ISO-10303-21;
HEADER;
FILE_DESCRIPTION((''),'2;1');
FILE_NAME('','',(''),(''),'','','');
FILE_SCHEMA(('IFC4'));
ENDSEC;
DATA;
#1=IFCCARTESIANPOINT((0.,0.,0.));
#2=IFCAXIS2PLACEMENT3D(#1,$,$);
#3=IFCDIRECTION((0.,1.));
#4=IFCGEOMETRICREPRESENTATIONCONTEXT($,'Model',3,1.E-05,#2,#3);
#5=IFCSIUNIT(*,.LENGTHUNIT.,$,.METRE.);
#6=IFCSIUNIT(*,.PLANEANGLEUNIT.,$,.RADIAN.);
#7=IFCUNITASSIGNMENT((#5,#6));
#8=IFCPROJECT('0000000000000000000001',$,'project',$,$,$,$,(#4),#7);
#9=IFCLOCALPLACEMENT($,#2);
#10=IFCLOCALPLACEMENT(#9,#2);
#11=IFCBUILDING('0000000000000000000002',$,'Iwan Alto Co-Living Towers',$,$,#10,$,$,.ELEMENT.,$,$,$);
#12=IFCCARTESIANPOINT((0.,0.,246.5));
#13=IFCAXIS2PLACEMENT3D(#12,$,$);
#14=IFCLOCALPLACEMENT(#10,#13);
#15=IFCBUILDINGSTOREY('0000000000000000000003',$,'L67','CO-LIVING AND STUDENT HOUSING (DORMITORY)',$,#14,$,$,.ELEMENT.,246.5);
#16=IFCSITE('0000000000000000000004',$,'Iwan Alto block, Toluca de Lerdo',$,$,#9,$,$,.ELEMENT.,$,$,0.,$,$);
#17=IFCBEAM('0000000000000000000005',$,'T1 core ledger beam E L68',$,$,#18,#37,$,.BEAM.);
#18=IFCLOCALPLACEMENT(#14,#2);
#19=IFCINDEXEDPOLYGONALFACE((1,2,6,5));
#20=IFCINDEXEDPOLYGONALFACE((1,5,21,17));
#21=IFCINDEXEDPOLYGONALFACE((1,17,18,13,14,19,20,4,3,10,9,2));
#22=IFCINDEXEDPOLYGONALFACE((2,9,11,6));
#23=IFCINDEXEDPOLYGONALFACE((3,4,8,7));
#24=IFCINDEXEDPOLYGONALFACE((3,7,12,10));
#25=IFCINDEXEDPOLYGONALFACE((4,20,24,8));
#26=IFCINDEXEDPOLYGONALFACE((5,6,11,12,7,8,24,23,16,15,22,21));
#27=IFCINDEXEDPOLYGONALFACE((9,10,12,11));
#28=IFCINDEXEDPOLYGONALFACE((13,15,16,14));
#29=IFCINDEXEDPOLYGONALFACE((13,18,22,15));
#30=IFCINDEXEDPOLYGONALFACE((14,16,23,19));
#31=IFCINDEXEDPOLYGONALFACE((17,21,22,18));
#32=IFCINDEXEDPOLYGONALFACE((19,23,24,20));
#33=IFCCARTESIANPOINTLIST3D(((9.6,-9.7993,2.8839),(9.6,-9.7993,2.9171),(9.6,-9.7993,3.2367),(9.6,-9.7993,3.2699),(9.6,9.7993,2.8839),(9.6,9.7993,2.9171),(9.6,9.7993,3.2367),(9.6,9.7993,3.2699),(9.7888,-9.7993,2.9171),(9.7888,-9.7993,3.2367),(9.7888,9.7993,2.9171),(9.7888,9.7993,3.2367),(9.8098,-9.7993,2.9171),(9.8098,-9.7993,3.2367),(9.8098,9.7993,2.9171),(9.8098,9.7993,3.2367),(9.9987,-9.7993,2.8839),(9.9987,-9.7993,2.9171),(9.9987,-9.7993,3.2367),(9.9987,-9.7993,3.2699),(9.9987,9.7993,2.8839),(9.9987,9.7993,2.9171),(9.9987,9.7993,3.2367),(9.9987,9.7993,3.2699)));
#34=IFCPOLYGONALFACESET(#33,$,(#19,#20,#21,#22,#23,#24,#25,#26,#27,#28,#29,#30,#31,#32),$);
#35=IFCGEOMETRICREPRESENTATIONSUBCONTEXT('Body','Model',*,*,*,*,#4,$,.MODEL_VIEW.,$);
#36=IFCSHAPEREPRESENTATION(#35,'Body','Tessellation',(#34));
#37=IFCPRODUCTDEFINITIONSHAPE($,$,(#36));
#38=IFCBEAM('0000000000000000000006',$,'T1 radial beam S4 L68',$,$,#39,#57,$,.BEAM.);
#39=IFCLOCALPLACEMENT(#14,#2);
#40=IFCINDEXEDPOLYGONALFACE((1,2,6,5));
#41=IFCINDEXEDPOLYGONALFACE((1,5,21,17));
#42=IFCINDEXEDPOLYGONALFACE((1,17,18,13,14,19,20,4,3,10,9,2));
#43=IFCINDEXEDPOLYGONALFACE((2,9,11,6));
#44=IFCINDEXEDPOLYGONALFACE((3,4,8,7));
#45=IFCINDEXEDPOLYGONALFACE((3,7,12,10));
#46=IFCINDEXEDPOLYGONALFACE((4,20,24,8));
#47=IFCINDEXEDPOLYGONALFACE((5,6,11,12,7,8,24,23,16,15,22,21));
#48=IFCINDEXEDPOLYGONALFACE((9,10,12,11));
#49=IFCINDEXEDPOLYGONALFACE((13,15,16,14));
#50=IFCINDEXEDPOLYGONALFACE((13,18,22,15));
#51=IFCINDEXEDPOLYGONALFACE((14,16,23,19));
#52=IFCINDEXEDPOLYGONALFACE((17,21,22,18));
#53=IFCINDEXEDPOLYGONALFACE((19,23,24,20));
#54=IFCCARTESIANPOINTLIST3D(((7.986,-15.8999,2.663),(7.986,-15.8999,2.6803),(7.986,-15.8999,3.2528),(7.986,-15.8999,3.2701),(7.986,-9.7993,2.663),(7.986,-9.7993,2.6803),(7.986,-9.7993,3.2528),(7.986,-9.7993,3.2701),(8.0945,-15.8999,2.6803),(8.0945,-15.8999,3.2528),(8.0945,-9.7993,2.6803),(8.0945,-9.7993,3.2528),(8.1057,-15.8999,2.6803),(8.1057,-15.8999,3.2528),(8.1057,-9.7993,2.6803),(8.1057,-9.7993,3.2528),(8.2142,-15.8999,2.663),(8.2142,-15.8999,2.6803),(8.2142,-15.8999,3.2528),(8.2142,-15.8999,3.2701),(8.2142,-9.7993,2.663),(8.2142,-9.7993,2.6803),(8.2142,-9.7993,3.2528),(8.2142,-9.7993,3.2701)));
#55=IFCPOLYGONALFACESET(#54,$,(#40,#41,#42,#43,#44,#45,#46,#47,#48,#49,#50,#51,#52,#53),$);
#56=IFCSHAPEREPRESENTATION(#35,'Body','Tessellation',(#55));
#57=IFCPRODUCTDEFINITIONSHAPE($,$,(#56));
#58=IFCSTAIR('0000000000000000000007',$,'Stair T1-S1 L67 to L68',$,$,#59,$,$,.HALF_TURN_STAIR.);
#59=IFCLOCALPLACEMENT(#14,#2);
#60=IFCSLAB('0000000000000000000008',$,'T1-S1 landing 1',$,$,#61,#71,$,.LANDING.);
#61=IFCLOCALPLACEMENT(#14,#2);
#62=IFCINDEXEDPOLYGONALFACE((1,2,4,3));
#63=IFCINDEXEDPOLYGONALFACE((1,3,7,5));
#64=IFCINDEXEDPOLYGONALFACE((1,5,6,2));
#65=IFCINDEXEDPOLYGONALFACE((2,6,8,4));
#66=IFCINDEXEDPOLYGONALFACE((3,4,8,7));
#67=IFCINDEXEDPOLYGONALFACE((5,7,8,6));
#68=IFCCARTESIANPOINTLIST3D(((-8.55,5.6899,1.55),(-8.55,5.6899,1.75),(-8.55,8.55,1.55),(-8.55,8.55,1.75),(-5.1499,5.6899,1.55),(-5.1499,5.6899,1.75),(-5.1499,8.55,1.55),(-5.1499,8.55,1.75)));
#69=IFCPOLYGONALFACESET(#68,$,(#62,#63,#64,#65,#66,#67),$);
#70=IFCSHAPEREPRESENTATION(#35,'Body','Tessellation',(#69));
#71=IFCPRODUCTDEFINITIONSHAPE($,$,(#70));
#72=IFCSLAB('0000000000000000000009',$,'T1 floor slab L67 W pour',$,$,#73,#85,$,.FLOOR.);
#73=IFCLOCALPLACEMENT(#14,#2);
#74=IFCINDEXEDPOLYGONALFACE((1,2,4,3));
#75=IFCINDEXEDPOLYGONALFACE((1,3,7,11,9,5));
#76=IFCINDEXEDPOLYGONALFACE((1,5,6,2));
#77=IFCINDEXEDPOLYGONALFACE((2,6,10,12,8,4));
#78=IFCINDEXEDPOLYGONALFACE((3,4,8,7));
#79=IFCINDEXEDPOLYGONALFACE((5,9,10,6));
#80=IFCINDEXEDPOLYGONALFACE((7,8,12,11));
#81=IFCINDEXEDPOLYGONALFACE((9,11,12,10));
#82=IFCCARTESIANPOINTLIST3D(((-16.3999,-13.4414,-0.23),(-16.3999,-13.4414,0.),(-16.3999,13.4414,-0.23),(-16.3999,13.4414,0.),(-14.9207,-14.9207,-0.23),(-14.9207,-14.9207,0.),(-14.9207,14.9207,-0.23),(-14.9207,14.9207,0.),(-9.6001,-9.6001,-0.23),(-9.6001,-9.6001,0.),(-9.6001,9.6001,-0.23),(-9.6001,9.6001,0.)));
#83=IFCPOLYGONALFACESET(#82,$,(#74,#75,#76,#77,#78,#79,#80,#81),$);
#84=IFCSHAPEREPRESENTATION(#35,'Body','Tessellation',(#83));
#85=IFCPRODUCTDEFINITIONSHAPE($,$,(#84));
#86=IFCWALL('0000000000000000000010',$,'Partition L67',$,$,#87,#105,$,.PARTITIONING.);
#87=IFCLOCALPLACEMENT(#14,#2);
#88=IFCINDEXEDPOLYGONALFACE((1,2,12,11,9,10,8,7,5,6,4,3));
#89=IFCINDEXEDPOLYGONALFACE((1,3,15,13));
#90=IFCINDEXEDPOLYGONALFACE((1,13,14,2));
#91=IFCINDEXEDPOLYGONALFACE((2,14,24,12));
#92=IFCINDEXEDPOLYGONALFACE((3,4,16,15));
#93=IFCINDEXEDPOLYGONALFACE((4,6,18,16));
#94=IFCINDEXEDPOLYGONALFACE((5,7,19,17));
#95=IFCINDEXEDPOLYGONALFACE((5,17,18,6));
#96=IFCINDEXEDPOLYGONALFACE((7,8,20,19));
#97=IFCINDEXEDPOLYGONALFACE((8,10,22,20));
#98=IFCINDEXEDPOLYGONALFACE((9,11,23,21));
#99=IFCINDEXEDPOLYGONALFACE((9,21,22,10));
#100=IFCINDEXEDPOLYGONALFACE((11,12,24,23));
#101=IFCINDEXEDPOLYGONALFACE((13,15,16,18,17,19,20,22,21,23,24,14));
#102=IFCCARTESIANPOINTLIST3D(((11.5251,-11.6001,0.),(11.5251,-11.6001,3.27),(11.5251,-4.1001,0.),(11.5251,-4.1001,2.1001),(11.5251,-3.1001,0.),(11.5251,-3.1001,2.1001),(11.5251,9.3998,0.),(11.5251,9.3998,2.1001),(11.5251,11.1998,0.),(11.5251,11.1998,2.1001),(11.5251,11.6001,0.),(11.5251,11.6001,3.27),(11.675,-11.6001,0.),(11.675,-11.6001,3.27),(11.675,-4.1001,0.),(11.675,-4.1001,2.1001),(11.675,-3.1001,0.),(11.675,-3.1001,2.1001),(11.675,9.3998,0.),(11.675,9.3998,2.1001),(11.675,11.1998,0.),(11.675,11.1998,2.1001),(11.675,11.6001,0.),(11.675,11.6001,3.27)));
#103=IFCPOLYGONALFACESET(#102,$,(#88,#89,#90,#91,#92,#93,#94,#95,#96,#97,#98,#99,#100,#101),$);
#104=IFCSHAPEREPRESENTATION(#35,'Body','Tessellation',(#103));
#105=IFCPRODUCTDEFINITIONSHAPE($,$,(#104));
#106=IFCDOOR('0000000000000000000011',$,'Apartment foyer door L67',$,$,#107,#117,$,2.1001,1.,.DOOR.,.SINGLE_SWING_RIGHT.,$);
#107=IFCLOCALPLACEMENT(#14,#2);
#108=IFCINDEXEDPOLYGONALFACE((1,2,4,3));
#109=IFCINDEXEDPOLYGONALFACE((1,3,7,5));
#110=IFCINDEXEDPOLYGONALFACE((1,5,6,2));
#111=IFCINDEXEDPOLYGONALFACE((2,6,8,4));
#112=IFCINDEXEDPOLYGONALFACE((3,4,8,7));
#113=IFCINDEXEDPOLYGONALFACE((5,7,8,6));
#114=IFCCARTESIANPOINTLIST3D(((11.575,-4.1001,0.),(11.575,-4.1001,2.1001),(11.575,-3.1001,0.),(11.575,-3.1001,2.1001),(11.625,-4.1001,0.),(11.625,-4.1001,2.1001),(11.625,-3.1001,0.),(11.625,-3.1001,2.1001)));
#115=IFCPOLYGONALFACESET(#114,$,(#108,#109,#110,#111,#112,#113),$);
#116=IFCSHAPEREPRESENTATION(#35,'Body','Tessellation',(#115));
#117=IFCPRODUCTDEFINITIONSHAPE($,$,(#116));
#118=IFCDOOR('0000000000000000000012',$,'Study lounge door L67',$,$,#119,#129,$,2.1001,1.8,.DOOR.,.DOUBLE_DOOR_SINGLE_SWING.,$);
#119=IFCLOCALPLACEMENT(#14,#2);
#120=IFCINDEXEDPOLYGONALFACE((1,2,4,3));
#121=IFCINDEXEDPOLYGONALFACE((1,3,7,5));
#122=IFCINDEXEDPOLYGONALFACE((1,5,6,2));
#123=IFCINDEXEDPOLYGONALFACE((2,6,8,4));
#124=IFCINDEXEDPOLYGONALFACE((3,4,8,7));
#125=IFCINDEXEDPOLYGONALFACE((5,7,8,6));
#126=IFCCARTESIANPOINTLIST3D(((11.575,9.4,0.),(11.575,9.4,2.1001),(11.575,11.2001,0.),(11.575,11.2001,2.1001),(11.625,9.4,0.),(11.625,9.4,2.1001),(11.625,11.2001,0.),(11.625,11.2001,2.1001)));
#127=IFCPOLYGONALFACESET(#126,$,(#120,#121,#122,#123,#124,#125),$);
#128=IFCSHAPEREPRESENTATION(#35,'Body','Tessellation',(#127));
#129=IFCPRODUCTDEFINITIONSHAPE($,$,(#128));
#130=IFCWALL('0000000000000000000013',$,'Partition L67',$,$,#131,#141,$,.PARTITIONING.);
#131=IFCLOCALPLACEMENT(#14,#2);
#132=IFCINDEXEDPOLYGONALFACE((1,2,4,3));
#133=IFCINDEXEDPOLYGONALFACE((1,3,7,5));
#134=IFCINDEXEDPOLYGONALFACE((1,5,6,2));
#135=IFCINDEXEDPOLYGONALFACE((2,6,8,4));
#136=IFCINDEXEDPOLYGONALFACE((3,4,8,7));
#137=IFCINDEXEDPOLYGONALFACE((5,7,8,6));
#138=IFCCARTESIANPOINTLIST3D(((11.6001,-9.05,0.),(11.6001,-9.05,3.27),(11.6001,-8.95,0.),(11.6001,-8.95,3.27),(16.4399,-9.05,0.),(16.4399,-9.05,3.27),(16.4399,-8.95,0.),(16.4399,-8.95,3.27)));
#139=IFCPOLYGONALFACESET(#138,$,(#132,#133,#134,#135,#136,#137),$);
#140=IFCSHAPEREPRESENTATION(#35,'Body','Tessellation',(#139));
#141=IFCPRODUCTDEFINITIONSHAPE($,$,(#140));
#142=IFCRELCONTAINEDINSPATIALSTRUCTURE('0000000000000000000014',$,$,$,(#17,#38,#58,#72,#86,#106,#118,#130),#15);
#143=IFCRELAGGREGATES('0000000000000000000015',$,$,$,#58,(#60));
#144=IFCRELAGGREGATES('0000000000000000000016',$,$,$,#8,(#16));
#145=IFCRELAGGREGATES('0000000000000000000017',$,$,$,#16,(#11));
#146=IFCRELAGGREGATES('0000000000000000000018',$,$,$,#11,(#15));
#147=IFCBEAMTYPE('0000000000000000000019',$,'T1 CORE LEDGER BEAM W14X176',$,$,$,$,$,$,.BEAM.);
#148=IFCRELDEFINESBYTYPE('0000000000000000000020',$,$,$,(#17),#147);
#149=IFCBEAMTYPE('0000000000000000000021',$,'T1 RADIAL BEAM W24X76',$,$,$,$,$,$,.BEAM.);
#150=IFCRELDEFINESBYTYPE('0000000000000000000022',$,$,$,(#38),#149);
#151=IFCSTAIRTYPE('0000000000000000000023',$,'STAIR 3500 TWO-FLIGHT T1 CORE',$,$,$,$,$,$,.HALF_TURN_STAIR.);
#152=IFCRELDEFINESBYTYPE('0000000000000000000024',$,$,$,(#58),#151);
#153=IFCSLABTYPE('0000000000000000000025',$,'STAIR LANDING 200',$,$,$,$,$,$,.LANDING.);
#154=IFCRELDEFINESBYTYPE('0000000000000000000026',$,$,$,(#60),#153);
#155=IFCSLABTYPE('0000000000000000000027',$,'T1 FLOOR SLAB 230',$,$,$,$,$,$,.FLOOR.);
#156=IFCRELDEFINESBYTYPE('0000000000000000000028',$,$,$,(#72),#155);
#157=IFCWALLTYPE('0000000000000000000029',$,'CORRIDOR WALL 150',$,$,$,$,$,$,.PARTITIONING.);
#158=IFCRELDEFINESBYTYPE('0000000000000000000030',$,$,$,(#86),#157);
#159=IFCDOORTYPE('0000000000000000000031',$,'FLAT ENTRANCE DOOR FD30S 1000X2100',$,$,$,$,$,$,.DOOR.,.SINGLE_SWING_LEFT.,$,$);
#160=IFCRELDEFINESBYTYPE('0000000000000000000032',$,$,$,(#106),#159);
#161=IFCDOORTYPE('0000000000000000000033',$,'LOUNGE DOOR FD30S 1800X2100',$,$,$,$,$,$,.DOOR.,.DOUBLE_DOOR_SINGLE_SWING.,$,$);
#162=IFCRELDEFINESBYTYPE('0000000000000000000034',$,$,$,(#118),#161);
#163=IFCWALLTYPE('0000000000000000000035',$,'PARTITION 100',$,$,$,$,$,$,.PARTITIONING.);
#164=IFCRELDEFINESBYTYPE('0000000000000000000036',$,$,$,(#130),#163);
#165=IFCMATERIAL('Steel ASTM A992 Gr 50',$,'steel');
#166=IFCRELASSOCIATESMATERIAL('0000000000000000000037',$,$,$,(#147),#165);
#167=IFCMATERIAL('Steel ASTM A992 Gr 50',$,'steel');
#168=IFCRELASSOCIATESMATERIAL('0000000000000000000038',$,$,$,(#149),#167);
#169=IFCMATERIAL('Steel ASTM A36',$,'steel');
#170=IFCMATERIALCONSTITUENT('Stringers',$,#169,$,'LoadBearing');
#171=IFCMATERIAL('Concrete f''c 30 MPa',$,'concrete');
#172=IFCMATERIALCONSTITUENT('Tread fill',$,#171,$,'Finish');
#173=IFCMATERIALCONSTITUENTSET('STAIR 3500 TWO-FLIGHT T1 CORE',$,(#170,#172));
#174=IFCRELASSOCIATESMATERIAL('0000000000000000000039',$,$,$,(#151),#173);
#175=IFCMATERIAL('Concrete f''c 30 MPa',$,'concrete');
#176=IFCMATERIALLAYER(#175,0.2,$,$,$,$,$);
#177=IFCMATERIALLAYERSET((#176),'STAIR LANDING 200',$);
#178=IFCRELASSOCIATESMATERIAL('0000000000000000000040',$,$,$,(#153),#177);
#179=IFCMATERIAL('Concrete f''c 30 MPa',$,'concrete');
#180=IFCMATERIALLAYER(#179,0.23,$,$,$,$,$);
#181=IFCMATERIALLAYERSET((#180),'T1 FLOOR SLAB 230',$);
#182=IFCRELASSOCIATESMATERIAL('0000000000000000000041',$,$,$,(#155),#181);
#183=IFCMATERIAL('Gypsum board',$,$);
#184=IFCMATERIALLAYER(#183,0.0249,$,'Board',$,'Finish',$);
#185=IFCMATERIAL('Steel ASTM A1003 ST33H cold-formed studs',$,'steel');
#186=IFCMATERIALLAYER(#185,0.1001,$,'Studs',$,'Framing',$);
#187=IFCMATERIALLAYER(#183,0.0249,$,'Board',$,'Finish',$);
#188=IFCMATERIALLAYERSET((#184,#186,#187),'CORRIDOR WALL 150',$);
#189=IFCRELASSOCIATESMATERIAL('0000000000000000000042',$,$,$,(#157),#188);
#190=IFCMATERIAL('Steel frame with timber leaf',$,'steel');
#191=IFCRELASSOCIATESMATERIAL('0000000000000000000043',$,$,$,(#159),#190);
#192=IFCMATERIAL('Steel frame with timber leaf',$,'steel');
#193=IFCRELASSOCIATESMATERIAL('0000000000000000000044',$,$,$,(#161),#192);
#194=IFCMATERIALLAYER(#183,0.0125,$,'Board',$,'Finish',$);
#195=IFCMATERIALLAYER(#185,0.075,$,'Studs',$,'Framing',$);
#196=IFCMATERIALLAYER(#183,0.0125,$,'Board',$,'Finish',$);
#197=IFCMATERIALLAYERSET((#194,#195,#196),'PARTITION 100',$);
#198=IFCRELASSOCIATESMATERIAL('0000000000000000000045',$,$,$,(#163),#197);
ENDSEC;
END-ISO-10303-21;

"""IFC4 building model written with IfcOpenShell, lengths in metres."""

from ifc_helpers import new_model, si_unit, direction, frame, frame_2d, origin, origin_2d, place, context, subcontext, project, spatial, polyline, rectangle, i_section, outline, extrude, material, layer, layer_set, constituent, constituent_set, material_profile, profile_set, type_object, element, fill, aggregate, save


model = new_model("IFC4")

# Units and contexts
model_context = context("Model", 3, precision=1e-05, world=origin(), true_north=direction((0.0, 1.0)))
body_context = subcontext(model_context, "Body", "Model", "MODEL_VIEW")
ifc_project = project(units=[si_unit("LENGTHUNIT", "METRE"), si_unit("PLANEANGLEUNIT", "RADIAN")], contexts=[model_context])

# Site, building, storey
site_placement = place(None, origin())
site = spatial("IfcSite", under=ifc_project, at=site_placement, Name="Iwan Alto block, Toluca de Lerdo", CompositionType="ELEMENT", RefElevation=0.0)
building_placement = place(site_placement, origin())
building = spatial("IfcBuilding", under=site, at=building_placement, Name="Iwan Alto Co-Living Towers", CompositionType="ELEMENT")
storey_placement = place(building_placement, frame((0.0, 0.0, 246.5)))
storey = spatial("IfcBuildingStorey", under=building, at=storey_placement, Name="L67", Description="CO-LIVING AND STUDENT HOUSING (DORMITORY)", CompositionType="ELEMENT", Elevation=246.5)

# Beams
ifc_material_1 = material(Name="Steel ASTM A992 Gr 50", Category="steel")
ifc_material_profile_1 = material_profile(ifc_material_1, i_section(OverallWidth=0.3987, OverallDepth=0.386, WebThickness=0.021, FlangeThickness=0.0332, at=origin_2d()), Name="W14X176")
ifc_profile_set_1 = profile_set([ifc_material_profile_1], Name="Steel ASTM A992 Gr 50")
beam_type_1 = type_object("IfcBeamType", Name="T1 CORE LEDGER BEAM W14X176", PredefinedType="BEAM", material=ifc_profile_set_1)
beam_1_placement = place(storey_placement, frame((9.7993, -9.7993, 3.0769), z_axis=(0.0, 1.0, 0.0), x_axis=(-1.0, 0.0, 0.0)))
element("IfcBeam", 1, at=beam_1_placement, inside=storey, type_object=beam_type_1, Name="T1 core ledger beam E L68", PredefinedType="BEAM", context=body_context, shape_type="SweptSolid", body=[
    extrude(i_section(OverallWidth=0.3987, OverallDepth=0.386, WebThickness=0.021, FlangeThickness=0.0332, at=origin_2d()), origin(), (0.0, 0.0, 1.0), 19.5986),
])
ifc_material_2 = material(Name="Steel ASTM A992 Gr 50", Category="steel")
ifc_material_profile_2 = material_profile(ifc_material_2, i_section(OverallWidth=0.2283, OverallDepth=0.6072, WebThickness=0.0112, FlangeThickness=0.0173, at=origin_2d()), Name="W24X76")
ifc_profile_set_2 = profile_set([ifc_material_profile_2], Name="Steel ASTM A992 Gr 50")
beam_type_2 = type_object("IfcBeamType", Name="T1 RADIAL BEAM W24X76", PredefinedType="BEAM", material=ifc_profile_set_2)
beam_2_placement = place(storey_placement, frame((8.1001, -15.8999, 2.9666), z_axis=(0.0, 1.0, 0.0), x_axis=(-1.0, 0.0, 0.0)))
element("IfcBeam", 2, at=beam_2_placement, inside=storey, type_object=beam_type_2, Name="T1 radial beam S4 L68", PredefinedType="BEAM", context=body_context, shape_type="SweptSolid", body=[
    extrude(i_section(OverallWidth=0.2283, OverallDepth=0.6072, WebThickness=0.0112, FlangeThickness=0.0173, at=origin_2d()), origin(), (0.0, 0.0, 1.0), 6.1006),
])

# Stair, slab
ifc_material_3 = material(Name="Steel ASTM A36", Category="steel")
ifc_constituent_1 = constituent(ifc_material_3, Name="Stringers", Category="LoadBearing")
ifc_material_4 = material(Name="Concrete f'c 30 MPa", Category="concrete")
ifc_constituent_2 = constituent(ifc_material_4, Name="Tread fill", Category="Finish")
ifc_constituent_set_1 = constituent_set(constituents=[ifc_constituent_1, ifc_constituent_2], Name="STAIR 3500 TWO-FLIGHT T1 CORE")
stair_type = type_object("IfcStairType", Name="STAIR 3500 TWO-FLIGHT T1 CORE", PredefinedType="HALF_TURN_STAIR", material=ifc_constituent_set_1)
stair_1_placement = place(storey_placement, origin())
stair_1 = element("IfcStair", 3, at=stair_1_placement, inside=storey, type_object=stair_type, Name="Stair T1-S1 L67 to L68", PredefinedType="HALF_TURN_STAIR")
ifc_material_5 = material(Name="Concrete f'c 30 MPa", Category="concrete")
ifc_layer_1 = layer(ifc_material_5, 0.2)
ifc_layer_set_1 = layer_set([ifc_layer_1], Name="STAIR LANDING 200")
slab_type_1 = type_object("IfcSlabType", Name="STAIR LANDING 200", PredefinedType="LANDING", material=ifc_layer_set_1)
slab_1_placement = place(storey_placement, frame((0.0, 0.0, 1.55)))
slab_1 = element("IfcSlab", 4, at=slab_1_placement, type_object=slab_type_1, Name="T1-S1 landing 1", PredefinedType="LANDING", context=body_context, shape_type="SweptSolid", body=[
    extrude(outline(polyline([(-8.55, 5.6899), (-8.55, 8.55), (-5.1499, 8.55), (-5.1499, 5.6899), (-8.55, 5.6899)])), origin(), (0.0, 0.0, 1.0), 0.2),
])
aggregate(stair_1, [slab_1])

# Slab
ifc_material_6 = material(Name="Concrete f'c 30 MPa", Category="concrete")
ifc_layer_2 = layer(ifc_material_6, 0.23)
ifc_layer_set_2 = layer_set([ifc_layer_2], Name="T1 FLOOR SLAB 230")
slab_type_2 = type_object("IfcSlabType", Name="T1 FLOOR SLAB 230", PredefinedType="FLOOR", material=ifc_layer_set_2)
slab_2_placement = place(storey_placement, frame((0.0, 0.0, -0.23)))
element("IfcSlab", 5, at=slab_2_placement, inside=storey, type_object=slab_type_2, Name="T1 floor slab L67 W pour", PredefinedType="FLOOR", context=body_context, shape_type="SweptSolid", body=[
    extrude(outline(polyline([(-16.3999, 13.4414), (-14.9207, 14.9207), (-9.6001, 9.6001), (-9.6001, -9.6001), (-14.9207, -14.9207), (-16.3999, -13.4414), (-16.3999, 13.4414)])), origin(), (0.0, 0.0, 1.0), 0.23),
])

# Wall, openings, doors
ifc_material_7 = material(Name="Gypsum board")
ifc_layer_3 = layer(ifc_material_7, 0.0249, Name="Board", Category="Finish")
ifc_material_8 = material(Name="Steel ASTM A1003 ST33H cold-formed studs", Category="steel")
ifc_layer_4 = layer(ifc_material_8, 0.1001, Name="Studs", Category="Framing")
ifc_layer_5 = layer(ifc_material_7, 0.0249, Name="Board", Category="Finish")
ifc_layer_set_3 = layer_set([ifc_layer_3, ifc_layer_4, ifc_layer_5], Name="CORRIDOR WALL 150")
wall_type_1 = type_object("IfcWallType", Name="CORRIDOR WALL 150", PredefinedType="PARTITIONING", material=ifc_layer_set_3)
wall_1_placement = place(storey_placement, frame((11.6001, -11.6001, 0.0), z_axis=(0.0, 0.0, 1.0), x_axis=(0.0, 1.0, 0.0)))
wall_1 = element("IfcWall", 6, at=wall_1_placement, inside=storey, type_object=wall_type_1, Name="Partition L67", PredefinedType="PARTITIONING", context=body_context, shape_type="SweptSolid", body=[
    extrude(rectangle(XDim=23.2002, YDim=0.1499, at=frame_2d((11.6001, 0.0))), origin(), (0.0, 0.0, 1.0), 3.27),
])
opening_1_placement = place(wall_1_placement, frame((7.5, 0.0, 0.0)))
opening_1 = element("IfcOpeningElement", 7, at=opening_1_placement, cuts=wall_1, PredefinedType="OPENING", context=body_context, shape_type="SweptSolid", body=[
    extrude(rectangle(XDim=1.0, YDim=2.1001, at=frame_2d((0.5, 1.05))), frame((0.0, 0.085, 0.0), z_axis=(0.0, -1.0, 0.0), x_axis=(1.0, 0.0, 0.0)), (0.0, 0.0, 1.0), 0.1699),
])
opening_2_placement = place(wall_1_placement, frame((21.0, 0.0, 0.0)))
opening_2 = element("IfcOpeningElement", 8, at=opening_2_placement, cuts=wall_1, PredefinedType="OPENING", context=body_context, shape_type="SweptSolid", body=[
    extrude(rectangle(XDim=1.8, YDim=2.1001, at=frame_2d((0.8999, 1.05))), frame((0.0, 0.085, 0.0), z_axis=(0.0, -1.0, 0.0), x_axis=(1.0, 0.0, 0.0)), (0.0, 0.0, 1.0), 0.1699),
])
ifc_material_9 = material(Name="Steel frame with timber leaf", Category="steel")
door_type_1 = type_object("IfcDoorType", Name="FLAT ENTRANCE DOOR FD30S 1000X2100", OperationType="SINGLE_SWING_LEFT", PredefinedType="DOOR", material=ifc_material_9)
door_1_placement = place(opening_1_placement, frame((1.0, 0.0, 0.0), z_axis=(0.0, 0.0, 1.0), x_axis=(-1.0, 0.0, 0.0)))
door_1 = element("IfcDoor", 9, at=door_1_placement, inside=storey, type_object=door_type_1, Name="Apartment foyer door L67", OperationType="SINGLE_SWING_RIGHT", OverallHeight=2.1001, OverallWidth=1.0, PredefinedType="DOOR", context=body_context, shape_type="SweptSolid", body=[
    extrude(rectangle(XDim=1.0, YDim=2.1001, at=frame_2d((0.5, 1.05))), frame((0.0, 0.0249, 0.0), z_axis=(0.0, -1.0, 0.0), x_axis=(1.0, 0.0, 0.0)), (0.0, 0.0, 1.0), 0.05),
])
fill(opening_1, door_1)
ifc_material_10 = material(Name="Steel frame with timber leaf", Category="steel")
door_type_2 = type_object("IfcDoorType", Name="LOUNGE DOOR FD30S 1800X2100", OperationType="DOUBLE_DOOR_SINGLE_SWING", PredefinedType="DOOR", material=ifc_material_10)
door_2_placement = place(opening_2_placement, frame((1.8, 0.0, 0.0), z_axis=(0.0, 0.0, 1.0), x_axis=(-1.0, 0.0, 0.0)))
door_2 = element("IfcDoor", 10, at=door_2_placement, inside=storey, type_object=door_type_2, Name="Study lounge door L67", OperationType="DOUBLE_DOOR_SINGLE_SWING", OverallHeight=2.1001, OverallWidth=1.8, PredefinedType="DOOR", context=body_context, shape_type="SweptSolid", body=[
    extrude(rectangle(XDim=1.8, YDim=2.1001, at=frame_2d((0.8999, 1.05))), frame((0.0, 0.0249, 0.0), z_axis=(0.0, -1.0, 0.0), x_axis=(1.0, 0.0, 0.0)), (0.0, 0.0, 1.0), 0.05),
])
fill(opening_2, door_2)

# Wall
ifc_layer_6 = layer(ifc_material_7, 0.0125, Name="Board", Category="Finish")
ifc_layer_7 = layer(ifc_material_8, 0.075, Name="Studs", Category="Framing")
ifc_layer_8 = layer(ifc_material_7, 0.0125, Name="Board", Category="Finish")
ifc_layer_set_4 = layer_set([ifc_layer_6, ifc_layer_7, ifc_layer_8], Name="PARTITION 100")
wall_type_2 = type_object("IfcWallType", Name="PARTITION 100", PredefinedType="PARTITIONING", material=ifc_layer_set_4)
wall_2_placement = place(storey_placement, frame((11.6001, -9.0, 0.0), z_axis=(0.0, 0.0, 1.0), x_axis=(1.0, 0.0, 0.0)))
element("IfcWall", 11, at=wall_2_placement, inside=storey, type_object=wall_type_2, Name="Partition L67", PredefinedType="PARTITIONING", context=body_context, shape_type="SweptSolid", body=[
    extrude(rectangle(XDim=4.8398, YDim=0.1001, at=frame_2d((2.4199, 0.0))), origin(), (0.0, 0.0, 1.0), 3.27),
])

save(model, "model.ifc")
